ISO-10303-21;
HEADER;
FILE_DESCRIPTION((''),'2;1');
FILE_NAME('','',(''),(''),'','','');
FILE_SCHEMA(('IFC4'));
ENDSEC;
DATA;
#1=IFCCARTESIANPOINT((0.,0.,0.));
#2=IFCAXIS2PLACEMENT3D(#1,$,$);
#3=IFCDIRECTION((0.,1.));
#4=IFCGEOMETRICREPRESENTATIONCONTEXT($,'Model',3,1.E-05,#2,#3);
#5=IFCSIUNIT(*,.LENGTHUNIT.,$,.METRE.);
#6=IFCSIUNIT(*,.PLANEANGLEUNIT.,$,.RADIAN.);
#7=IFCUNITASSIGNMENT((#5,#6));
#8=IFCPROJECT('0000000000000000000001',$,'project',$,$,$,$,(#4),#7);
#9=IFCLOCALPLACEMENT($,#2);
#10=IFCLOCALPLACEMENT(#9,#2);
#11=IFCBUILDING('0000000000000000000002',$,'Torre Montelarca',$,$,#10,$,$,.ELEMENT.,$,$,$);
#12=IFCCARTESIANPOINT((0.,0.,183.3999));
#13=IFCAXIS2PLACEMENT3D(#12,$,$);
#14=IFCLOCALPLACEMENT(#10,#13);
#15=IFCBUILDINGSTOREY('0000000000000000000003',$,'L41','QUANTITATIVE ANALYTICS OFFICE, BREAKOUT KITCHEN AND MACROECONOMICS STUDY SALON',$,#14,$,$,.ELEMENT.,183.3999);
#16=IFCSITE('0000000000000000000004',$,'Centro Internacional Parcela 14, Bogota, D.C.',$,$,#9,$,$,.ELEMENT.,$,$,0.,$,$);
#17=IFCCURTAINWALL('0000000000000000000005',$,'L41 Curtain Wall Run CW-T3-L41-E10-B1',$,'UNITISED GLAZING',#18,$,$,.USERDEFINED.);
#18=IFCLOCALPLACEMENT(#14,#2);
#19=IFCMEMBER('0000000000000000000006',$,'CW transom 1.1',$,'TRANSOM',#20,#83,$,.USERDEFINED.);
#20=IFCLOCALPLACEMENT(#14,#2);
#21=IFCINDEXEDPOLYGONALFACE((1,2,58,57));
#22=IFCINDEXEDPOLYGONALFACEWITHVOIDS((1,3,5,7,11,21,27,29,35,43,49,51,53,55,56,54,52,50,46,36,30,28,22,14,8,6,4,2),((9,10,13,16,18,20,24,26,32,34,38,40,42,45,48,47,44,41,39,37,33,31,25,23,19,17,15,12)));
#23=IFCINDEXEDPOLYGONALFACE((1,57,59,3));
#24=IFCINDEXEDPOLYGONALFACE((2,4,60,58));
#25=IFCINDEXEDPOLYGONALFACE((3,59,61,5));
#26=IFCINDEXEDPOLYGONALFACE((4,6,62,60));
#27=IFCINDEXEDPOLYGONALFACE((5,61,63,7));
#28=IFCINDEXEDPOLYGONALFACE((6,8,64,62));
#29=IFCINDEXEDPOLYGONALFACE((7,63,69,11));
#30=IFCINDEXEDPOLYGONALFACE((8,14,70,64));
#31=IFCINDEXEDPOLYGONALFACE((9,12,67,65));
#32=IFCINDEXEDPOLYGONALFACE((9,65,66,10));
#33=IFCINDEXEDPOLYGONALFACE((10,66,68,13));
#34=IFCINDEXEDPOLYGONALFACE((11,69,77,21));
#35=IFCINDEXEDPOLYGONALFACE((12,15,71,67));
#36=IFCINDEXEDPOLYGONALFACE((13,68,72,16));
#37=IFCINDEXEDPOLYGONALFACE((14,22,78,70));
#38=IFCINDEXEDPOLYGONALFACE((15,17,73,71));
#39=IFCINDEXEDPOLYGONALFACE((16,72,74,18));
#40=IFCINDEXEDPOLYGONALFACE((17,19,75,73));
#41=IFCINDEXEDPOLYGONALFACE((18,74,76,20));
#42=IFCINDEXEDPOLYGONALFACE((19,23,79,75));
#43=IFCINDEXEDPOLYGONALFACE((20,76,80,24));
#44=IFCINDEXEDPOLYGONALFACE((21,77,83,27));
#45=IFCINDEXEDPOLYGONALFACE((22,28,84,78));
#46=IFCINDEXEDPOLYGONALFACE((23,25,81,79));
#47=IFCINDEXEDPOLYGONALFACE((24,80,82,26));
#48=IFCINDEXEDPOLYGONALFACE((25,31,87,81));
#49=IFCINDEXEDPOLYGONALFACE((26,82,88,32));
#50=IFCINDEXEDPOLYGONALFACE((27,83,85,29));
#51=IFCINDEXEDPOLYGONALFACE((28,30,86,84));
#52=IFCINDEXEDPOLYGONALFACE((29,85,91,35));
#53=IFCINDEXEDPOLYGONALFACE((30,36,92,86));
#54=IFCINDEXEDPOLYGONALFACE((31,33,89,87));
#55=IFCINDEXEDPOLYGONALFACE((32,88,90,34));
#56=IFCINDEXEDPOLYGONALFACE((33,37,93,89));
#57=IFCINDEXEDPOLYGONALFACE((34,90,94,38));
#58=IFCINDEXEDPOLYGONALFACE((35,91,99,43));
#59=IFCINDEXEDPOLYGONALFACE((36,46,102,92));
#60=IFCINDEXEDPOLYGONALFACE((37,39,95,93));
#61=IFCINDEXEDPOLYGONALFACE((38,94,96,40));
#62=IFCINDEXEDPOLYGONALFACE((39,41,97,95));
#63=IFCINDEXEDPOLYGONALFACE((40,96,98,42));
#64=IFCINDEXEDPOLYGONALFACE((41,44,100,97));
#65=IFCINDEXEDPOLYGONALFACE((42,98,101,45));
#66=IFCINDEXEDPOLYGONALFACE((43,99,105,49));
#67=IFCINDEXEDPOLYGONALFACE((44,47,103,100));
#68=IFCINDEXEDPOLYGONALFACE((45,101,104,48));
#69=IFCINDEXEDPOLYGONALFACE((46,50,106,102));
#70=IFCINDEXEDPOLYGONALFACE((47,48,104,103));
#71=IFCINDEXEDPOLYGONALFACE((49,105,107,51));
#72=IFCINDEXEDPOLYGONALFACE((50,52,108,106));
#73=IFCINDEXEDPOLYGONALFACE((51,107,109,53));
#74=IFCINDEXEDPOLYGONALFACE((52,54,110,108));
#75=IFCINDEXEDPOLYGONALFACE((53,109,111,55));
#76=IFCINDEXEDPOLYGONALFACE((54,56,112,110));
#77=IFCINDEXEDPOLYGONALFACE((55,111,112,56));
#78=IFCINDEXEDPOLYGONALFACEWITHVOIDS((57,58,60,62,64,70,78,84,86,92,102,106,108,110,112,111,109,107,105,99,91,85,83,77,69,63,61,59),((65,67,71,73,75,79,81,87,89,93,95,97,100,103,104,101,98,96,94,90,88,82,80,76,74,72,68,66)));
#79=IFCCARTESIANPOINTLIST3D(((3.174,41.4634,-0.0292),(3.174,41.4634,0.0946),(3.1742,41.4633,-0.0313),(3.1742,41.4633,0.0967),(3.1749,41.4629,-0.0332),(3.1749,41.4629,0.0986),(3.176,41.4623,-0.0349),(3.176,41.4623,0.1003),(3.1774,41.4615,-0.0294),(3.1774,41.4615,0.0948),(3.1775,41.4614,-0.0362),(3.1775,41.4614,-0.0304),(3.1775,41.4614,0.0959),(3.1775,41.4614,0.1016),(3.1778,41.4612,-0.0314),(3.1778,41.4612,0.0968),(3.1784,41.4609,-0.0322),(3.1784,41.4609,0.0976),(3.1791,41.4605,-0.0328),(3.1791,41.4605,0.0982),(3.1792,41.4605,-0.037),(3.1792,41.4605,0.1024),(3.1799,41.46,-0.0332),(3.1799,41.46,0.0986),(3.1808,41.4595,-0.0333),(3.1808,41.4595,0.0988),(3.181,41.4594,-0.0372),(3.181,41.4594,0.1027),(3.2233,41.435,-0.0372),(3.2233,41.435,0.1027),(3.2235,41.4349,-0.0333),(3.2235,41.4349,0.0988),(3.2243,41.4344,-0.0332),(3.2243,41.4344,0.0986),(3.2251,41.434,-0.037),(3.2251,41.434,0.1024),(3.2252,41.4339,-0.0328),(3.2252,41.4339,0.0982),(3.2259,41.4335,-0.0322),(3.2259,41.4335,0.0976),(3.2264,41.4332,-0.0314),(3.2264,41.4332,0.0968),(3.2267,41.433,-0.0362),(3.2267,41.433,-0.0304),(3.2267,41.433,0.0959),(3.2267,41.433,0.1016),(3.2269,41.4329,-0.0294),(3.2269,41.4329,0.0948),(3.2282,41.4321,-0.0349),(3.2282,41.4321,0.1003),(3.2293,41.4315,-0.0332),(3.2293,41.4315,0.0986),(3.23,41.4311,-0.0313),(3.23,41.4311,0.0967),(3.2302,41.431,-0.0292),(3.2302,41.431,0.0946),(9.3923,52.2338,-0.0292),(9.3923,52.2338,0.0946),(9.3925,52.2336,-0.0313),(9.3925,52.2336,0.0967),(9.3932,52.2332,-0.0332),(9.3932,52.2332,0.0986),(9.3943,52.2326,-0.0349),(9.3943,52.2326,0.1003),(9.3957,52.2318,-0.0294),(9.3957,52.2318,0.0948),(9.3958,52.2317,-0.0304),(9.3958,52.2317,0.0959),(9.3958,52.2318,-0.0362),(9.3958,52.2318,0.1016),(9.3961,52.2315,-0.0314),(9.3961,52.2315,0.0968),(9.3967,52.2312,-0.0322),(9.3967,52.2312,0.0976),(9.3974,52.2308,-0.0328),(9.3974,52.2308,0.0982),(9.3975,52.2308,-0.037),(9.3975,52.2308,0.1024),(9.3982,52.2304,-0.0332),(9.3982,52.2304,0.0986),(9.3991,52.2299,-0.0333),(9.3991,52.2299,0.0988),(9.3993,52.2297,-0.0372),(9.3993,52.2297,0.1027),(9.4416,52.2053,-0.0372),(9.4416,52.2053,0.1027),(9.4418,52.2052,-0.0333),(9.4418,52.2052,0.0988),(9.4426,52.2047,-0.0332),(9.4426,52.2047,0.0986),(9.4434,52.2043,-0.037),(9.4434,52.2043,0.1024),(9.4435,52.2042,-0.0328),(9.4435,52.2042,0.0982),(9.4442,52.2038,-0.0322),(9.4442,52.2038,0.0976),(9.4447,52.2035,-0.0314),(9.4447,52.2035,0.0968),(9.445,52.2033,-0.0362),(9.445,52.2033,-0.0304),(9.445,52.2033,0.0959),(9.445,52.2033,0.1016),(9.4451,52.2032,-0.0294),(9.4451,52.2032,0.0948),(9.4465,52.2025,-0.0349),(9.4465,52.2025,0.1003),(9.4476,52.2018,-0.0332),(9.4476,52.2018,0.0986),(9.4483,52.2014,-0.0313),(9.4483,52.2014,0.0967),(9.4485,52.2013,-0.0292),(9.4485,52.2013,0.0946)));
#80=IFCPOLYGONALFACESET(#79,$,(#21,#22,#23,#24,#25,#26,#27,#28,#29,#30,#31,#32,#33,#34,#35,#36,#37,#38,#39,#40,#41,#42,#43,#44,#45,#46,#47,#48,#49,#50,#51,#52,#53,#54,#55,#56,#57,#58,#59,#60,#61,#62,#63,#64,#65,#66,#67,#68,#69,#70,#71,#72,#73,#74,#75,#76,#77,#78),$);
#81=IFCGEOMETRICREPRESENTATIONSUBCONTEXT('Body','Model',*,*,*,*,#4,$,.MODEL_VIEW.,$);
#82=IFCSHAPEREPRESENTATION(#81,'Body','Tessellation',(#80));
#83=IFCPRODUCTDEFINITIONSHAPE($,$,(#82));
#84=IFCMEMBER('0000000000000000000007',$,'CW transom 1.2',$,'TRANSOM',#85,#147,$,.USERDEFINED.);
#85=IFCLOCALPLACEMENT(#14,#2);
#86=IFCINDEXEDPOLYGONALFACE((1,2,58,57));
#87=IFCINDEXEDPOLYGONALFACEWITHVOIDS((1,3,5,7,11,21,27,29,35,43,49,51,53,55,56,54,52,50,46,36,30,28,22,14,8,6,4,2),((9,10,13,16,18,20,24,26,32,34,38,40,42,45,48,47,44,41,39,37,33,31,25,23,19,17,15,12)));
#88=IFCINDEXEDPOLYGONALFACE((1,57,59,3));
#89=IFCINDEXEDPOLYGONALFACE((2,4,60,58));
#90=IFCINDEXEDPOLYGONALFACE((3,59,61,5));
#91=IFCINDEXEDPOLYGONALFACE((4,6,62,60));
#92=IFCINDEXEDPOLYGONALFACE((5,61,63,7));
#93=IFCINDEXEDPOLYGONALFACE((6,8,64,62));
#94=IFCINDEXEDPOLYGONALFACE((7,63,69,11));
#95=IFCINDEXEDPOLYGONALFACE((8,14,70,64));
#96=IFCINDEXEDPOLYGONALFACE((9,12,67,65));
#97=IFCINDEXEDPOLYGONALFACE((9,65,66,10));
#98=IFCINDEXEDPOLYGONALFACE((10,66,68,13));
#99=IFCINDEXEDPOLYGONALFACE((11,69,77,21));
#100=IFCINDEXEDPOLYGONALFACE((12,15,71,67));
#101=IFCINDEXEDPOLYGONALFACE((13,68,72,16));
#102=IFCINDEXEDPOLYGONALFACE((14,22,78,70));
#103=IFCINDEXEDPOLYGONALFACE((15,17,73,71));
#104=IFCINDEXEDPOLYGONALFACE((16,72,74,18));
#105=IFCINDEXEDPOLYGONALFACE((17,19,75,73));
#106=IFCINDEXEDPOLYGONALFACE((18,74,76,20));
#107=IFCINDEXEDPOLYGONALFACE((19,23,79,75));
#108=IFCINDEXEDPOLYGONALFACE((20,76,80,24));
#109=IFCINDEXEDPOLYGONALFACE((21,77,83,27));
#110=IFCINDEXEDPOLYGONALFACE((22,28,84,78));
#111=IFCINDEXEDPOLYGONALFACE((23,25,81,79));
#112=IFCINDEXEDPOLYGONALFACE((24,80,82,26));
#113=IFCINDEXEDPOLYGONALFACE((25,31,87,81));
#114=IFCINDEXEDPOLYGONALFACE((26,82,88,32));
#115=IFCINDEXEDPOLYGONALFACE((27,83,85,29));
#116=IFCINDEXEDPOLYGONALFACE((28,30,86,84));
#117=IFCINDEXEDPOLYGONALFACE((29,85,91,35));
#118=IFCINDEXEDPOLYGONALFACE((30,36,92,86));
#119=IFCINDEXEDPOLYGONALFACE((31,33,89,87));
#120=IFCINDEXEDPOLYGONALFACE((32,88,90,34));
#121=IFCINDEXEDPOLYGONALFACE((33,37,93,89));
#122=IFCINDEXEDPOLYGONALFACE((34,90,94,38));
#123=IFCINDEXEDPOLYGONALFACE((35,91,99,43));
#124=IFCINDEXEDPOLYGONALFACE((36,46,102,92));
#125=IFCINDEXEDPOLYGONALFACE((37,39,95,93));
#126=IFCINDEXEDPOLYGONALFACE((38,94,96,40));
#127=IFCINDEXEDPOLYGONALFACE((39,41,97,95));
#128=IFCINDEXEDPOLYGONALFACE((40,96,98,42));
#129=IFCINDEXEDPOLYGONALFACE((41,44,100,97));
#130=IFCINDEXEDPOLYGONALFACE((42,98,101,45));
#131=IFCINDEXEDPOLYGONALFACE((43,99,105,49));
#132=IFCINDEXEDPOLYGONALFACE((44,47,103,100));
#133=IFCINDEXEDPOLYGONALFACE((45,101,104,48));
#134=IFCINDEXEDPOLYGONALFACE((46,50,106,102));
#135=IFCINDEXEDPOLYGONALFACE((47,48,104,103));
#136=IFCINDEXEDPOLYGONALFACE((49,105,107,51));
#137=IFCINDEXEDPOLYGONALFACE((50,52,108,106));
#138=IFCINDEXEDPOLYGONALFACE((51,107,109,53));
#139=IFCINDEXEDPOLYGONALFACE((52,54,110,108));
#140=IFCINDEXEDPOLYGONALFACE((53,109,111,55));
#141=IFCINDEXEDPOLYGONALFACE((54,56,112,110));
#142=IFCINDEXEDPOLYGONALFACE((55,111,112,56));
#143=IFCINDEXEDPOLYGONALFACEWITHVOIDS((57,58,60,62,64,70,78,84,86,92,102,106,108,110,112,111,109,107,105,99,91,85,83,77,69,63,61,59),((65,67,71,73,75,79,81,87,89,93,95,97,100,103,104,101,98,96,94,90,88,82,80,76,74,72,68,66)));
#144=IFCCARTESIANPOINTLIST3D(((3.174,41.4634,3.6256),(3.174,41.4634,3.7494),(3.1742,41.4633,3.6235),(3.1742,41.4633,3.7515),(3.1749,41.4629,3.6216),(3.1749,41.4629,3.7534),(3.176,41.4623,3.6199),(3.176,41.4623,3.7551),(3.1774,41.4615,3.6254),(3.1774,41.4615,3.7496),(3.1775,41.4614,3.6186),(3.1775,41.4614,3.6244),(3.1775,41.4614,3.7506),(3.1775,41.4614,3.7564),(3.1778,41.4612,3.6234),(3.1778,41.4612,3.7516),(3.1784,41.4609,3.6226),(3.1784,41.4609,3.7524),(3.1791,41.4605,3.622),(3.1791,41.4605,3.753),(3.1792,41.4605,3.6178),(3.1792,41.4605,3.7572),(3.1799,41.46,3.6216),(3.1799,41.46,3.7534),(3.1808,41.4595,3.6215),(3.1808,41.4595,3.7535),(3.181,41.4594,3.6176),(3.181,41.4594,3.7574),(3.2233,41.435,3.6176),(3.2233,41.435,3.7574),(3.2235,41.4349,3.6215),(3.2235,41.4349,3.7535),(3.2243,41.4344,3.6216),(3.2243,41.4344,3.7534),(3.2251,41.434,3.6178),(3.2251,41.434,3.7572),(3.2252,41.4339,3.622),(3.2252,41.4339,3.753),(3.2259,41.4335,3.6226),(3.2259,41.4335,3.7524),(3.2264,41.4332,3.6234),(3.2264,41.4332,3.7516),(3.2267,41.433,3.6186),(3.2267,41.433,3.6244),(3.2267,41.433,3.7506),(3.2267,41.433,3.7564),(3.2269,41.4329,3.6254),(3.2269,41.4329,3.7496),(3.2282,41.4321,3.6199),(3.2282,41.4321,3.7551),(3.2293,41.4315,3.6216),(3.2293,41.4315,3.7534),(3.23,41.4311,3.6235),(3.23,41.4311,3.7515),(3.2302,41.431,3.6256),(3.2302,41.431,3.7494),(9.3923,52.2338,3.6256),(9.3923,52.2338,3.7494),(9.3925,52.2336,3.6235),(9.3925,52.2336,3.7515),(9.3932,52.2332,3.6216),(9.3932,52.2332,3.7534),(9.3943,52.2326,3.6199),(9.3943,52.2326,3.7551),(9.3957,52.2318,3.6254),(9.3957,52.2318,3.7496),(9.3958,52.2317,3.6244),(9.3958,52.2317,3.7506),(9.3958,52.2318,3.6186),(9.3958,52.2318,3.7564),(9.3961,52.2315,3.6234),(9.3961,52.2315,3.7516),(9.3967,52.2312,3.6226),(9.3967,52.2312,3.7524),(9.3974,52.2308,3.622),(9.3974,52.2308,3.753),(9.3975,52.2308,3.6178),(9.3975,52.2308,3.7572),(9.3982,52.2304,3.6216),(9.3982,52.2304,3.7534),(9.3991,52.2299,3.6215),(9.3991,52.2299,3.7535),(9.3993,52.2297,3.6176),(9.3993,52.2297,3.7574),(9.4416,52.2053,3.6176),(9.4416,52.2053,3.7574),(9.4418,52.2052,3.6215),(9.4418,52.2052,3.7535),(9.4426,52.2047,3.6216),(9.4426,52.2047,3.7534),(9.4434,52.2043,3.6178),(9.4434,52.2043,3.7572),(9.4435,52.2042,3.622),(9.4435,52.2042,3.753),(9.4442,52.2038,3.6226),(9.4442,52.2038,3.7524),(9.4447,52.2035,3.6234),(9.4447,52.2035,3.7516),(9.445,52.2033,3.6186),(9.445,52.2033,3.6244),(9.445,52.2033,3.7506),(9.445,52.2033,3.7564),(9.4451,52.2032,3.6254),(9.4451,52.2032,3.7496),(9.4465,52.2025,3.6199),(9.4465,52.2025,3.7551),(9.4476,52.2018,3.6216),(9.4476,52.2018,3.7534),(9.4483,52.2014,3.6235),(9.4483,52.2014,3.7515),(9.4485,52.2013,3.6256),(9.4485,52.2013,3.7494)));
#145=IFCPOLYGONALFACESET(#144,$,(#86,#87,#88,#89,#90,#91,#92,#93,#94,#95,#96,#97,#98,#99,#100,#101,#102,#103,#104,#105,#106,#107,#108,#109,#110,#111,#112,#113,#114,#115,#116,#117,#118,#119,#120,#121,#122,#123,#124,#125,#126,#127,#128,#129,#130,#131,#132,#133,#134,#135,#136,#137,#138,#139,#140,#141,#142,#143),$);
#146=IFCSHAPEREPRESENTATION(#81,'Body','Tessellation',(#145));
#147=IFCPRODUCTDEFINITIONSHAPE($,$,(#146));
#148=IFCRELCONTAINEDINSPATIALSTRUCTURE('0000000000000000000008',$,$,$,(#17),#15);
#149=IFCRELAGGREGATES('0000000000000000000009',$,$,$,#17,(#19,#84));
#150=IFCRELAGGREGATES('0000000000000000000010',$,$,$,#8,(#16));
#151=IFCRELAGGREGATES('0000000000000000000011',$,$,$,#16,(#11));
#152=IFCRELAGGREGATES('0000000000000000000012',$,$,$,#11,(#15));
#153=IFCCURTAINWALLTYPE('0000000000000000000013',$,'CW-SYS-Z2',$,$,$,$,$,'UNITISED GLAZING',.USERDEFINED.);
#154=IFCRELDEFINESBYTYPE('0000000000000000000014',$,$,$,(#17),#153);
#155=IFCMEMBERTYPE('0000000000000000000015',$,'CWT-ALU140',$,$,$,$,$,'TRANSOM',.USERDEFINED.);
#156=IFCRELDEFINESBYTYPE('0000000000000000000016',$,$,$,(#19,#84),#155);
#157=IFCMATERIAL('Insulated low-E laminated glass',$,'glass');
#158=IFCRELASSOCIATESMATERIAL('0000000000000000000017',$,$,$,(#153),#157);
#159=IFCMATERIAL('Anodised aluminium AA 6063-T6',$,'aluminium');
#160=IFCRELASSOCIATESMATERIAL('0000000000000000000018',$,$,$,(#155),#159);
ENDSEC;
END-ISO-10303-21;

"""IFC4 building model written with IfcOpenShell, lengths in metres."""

from ifc_helpers import new_model, si_unit, direction, frame, origin, origin_2d, place, context, subcontext, project, spatial, hollow_rectangle, extrude, source, transform, mapped, material, material_profile, profile_set, type_object, element, aggregate, save


model = new_model("IFC4")

# Units and contexts
model_context = context("Model", 3, precision=1e-05, world=origin(), true_north=direction((0.0, 1.0)))
body_context = subcontext(model_context, "Body", "Model", "MODEL_VIEW")
ifc_project = project(units=[si_unit("LENGTHUNIT", "METRE"), si_unit("PLANEANGLEUNIT", "RADIAN")], contexts=[model_context])

# Site, building, storey
site_placement = place(None, origin())
site = spatial("IfcSite", under=ifc_project, at=site_placement, Name="Centro Internacional Parcela 14, Bogota, D.C.", CompositionType="ELEMENT", RefElevation=0.0)
building_placement = place(site_placement, origin())
building = spatial("IfcBuilding", under=site, at=building_placement, Name="Torre Montelarca", CompositionType="ELEMENT")
storey_placement = place(building_placement, frame((0.0, 0.0, 183.3999)))
storey = spatial("IfcBuildingStorey", under=building, at=storey_placement, Name="L41", Description="QUANTITATIVE ANALYTICS OFFICE, BREAKOUT KITCHEN AND MACROECONOMICS STUDY SALON", CompositionType="ELEMENT", Elevation=183.3999)

# Curtain wall, members
ifc_material_1 = material(Name="Insulated low-E laminated glass", Category="glass")
curtain_wall_type = type_object("IfcCurtainWallType", Name="CW-SYS-Z2", ElementType="UNITISED GLAZING", PredefinedType="USERDEFINED", material=ifc_material_1)
curtain_wall_1_placement = place(storey_placement, origin())
curtain_wall_1 = element("IfcCurtainWall", 1, at=curtain_wall_1_placement, inside=storey, type_object=curtain_wall_type, Name="L41 Curtain Wall Run CW-T3-L41-E10-B1", ObjectType="UNITISED GLAZING", PredefinedType="USERDEFINED")
ifc_material_2 = material(Name="Anodised aluminium AA 6063-T6", Category="aluminium")
ifc_material_profile_1 = material_profile(ifc_material_2, hollow_rectangle(XDim=0.0649, YDim=0.1399, WallThickness=0.0039, InnerFilletRadius=0.0039, OuterFilletRadius=0.0081, at=origin_2d()), Name="ALU65X140X4", Category="aluminium")
ifc_profile_set_1 = profile_set([ifc_material_profile_1], Name="Anodised aluminium AA 6063-T6")
member_type_1 = type_object("IfcMemberType", Name="CWT-ALU140", ElementType="TRANSOM", PredefinedType="USERDEFINED", material=ifc_profile_set_1)
shared_shape_1 = source(origin(), body_context, "Body", "SweptSolid", [
    extrude(hollow_rectangle(XDim=0.0649, YDim=0.1399, WallThickness=0.0039, InnerFilletRadius=0.0039, OuterFilletRadius=0.0081, at=origin_2d()), origin(), (0.0, 0.0, 1.0), 12.4365),
])
member_1_placement = place(storey_placement, frame((9.4204, 52.2175, 0.0327), z_axis=(-0.500003, -0.866024, 0.0), x_axis=(0.866024, -0.500003, 0.0)))
member_1 = element("IfcMember", 2, at=member_1_placement, type_object=member_type_1, Name="CW transom 1.1", ObjectType="TRANSOM", PredefinedType="USERDEFINED", context=body_context, shape_type="MappedRepresentation", body=[
    mapped(shared_shape_1, transform((0.0, 0.0, 0.0), scale=1.0)),
])
member_2_placement = place(storey_placement, frame((9.4204, 52.2175, 3.6875), z_axis=(-0.500003, -0.866024, 0.0), x_axis=(0.866024, -0.500003, 0.0)))
member_2 = element("IfcMember", 3, at=member_2_placement, type_object=member_type_1, Name="CW transom 1.2", ObjectType="TRANSOM", PredefinedType="USERDEFINED", context=body_context, shape_type="MappedRepresentation", body=[
    mapped(shared_shape_1, transform((0.0, 0.0, 0.0), scale=1.0)),
])

aggregate(curtain_wall_1, [member_1, member_2])

save(model, "model.ifc")
